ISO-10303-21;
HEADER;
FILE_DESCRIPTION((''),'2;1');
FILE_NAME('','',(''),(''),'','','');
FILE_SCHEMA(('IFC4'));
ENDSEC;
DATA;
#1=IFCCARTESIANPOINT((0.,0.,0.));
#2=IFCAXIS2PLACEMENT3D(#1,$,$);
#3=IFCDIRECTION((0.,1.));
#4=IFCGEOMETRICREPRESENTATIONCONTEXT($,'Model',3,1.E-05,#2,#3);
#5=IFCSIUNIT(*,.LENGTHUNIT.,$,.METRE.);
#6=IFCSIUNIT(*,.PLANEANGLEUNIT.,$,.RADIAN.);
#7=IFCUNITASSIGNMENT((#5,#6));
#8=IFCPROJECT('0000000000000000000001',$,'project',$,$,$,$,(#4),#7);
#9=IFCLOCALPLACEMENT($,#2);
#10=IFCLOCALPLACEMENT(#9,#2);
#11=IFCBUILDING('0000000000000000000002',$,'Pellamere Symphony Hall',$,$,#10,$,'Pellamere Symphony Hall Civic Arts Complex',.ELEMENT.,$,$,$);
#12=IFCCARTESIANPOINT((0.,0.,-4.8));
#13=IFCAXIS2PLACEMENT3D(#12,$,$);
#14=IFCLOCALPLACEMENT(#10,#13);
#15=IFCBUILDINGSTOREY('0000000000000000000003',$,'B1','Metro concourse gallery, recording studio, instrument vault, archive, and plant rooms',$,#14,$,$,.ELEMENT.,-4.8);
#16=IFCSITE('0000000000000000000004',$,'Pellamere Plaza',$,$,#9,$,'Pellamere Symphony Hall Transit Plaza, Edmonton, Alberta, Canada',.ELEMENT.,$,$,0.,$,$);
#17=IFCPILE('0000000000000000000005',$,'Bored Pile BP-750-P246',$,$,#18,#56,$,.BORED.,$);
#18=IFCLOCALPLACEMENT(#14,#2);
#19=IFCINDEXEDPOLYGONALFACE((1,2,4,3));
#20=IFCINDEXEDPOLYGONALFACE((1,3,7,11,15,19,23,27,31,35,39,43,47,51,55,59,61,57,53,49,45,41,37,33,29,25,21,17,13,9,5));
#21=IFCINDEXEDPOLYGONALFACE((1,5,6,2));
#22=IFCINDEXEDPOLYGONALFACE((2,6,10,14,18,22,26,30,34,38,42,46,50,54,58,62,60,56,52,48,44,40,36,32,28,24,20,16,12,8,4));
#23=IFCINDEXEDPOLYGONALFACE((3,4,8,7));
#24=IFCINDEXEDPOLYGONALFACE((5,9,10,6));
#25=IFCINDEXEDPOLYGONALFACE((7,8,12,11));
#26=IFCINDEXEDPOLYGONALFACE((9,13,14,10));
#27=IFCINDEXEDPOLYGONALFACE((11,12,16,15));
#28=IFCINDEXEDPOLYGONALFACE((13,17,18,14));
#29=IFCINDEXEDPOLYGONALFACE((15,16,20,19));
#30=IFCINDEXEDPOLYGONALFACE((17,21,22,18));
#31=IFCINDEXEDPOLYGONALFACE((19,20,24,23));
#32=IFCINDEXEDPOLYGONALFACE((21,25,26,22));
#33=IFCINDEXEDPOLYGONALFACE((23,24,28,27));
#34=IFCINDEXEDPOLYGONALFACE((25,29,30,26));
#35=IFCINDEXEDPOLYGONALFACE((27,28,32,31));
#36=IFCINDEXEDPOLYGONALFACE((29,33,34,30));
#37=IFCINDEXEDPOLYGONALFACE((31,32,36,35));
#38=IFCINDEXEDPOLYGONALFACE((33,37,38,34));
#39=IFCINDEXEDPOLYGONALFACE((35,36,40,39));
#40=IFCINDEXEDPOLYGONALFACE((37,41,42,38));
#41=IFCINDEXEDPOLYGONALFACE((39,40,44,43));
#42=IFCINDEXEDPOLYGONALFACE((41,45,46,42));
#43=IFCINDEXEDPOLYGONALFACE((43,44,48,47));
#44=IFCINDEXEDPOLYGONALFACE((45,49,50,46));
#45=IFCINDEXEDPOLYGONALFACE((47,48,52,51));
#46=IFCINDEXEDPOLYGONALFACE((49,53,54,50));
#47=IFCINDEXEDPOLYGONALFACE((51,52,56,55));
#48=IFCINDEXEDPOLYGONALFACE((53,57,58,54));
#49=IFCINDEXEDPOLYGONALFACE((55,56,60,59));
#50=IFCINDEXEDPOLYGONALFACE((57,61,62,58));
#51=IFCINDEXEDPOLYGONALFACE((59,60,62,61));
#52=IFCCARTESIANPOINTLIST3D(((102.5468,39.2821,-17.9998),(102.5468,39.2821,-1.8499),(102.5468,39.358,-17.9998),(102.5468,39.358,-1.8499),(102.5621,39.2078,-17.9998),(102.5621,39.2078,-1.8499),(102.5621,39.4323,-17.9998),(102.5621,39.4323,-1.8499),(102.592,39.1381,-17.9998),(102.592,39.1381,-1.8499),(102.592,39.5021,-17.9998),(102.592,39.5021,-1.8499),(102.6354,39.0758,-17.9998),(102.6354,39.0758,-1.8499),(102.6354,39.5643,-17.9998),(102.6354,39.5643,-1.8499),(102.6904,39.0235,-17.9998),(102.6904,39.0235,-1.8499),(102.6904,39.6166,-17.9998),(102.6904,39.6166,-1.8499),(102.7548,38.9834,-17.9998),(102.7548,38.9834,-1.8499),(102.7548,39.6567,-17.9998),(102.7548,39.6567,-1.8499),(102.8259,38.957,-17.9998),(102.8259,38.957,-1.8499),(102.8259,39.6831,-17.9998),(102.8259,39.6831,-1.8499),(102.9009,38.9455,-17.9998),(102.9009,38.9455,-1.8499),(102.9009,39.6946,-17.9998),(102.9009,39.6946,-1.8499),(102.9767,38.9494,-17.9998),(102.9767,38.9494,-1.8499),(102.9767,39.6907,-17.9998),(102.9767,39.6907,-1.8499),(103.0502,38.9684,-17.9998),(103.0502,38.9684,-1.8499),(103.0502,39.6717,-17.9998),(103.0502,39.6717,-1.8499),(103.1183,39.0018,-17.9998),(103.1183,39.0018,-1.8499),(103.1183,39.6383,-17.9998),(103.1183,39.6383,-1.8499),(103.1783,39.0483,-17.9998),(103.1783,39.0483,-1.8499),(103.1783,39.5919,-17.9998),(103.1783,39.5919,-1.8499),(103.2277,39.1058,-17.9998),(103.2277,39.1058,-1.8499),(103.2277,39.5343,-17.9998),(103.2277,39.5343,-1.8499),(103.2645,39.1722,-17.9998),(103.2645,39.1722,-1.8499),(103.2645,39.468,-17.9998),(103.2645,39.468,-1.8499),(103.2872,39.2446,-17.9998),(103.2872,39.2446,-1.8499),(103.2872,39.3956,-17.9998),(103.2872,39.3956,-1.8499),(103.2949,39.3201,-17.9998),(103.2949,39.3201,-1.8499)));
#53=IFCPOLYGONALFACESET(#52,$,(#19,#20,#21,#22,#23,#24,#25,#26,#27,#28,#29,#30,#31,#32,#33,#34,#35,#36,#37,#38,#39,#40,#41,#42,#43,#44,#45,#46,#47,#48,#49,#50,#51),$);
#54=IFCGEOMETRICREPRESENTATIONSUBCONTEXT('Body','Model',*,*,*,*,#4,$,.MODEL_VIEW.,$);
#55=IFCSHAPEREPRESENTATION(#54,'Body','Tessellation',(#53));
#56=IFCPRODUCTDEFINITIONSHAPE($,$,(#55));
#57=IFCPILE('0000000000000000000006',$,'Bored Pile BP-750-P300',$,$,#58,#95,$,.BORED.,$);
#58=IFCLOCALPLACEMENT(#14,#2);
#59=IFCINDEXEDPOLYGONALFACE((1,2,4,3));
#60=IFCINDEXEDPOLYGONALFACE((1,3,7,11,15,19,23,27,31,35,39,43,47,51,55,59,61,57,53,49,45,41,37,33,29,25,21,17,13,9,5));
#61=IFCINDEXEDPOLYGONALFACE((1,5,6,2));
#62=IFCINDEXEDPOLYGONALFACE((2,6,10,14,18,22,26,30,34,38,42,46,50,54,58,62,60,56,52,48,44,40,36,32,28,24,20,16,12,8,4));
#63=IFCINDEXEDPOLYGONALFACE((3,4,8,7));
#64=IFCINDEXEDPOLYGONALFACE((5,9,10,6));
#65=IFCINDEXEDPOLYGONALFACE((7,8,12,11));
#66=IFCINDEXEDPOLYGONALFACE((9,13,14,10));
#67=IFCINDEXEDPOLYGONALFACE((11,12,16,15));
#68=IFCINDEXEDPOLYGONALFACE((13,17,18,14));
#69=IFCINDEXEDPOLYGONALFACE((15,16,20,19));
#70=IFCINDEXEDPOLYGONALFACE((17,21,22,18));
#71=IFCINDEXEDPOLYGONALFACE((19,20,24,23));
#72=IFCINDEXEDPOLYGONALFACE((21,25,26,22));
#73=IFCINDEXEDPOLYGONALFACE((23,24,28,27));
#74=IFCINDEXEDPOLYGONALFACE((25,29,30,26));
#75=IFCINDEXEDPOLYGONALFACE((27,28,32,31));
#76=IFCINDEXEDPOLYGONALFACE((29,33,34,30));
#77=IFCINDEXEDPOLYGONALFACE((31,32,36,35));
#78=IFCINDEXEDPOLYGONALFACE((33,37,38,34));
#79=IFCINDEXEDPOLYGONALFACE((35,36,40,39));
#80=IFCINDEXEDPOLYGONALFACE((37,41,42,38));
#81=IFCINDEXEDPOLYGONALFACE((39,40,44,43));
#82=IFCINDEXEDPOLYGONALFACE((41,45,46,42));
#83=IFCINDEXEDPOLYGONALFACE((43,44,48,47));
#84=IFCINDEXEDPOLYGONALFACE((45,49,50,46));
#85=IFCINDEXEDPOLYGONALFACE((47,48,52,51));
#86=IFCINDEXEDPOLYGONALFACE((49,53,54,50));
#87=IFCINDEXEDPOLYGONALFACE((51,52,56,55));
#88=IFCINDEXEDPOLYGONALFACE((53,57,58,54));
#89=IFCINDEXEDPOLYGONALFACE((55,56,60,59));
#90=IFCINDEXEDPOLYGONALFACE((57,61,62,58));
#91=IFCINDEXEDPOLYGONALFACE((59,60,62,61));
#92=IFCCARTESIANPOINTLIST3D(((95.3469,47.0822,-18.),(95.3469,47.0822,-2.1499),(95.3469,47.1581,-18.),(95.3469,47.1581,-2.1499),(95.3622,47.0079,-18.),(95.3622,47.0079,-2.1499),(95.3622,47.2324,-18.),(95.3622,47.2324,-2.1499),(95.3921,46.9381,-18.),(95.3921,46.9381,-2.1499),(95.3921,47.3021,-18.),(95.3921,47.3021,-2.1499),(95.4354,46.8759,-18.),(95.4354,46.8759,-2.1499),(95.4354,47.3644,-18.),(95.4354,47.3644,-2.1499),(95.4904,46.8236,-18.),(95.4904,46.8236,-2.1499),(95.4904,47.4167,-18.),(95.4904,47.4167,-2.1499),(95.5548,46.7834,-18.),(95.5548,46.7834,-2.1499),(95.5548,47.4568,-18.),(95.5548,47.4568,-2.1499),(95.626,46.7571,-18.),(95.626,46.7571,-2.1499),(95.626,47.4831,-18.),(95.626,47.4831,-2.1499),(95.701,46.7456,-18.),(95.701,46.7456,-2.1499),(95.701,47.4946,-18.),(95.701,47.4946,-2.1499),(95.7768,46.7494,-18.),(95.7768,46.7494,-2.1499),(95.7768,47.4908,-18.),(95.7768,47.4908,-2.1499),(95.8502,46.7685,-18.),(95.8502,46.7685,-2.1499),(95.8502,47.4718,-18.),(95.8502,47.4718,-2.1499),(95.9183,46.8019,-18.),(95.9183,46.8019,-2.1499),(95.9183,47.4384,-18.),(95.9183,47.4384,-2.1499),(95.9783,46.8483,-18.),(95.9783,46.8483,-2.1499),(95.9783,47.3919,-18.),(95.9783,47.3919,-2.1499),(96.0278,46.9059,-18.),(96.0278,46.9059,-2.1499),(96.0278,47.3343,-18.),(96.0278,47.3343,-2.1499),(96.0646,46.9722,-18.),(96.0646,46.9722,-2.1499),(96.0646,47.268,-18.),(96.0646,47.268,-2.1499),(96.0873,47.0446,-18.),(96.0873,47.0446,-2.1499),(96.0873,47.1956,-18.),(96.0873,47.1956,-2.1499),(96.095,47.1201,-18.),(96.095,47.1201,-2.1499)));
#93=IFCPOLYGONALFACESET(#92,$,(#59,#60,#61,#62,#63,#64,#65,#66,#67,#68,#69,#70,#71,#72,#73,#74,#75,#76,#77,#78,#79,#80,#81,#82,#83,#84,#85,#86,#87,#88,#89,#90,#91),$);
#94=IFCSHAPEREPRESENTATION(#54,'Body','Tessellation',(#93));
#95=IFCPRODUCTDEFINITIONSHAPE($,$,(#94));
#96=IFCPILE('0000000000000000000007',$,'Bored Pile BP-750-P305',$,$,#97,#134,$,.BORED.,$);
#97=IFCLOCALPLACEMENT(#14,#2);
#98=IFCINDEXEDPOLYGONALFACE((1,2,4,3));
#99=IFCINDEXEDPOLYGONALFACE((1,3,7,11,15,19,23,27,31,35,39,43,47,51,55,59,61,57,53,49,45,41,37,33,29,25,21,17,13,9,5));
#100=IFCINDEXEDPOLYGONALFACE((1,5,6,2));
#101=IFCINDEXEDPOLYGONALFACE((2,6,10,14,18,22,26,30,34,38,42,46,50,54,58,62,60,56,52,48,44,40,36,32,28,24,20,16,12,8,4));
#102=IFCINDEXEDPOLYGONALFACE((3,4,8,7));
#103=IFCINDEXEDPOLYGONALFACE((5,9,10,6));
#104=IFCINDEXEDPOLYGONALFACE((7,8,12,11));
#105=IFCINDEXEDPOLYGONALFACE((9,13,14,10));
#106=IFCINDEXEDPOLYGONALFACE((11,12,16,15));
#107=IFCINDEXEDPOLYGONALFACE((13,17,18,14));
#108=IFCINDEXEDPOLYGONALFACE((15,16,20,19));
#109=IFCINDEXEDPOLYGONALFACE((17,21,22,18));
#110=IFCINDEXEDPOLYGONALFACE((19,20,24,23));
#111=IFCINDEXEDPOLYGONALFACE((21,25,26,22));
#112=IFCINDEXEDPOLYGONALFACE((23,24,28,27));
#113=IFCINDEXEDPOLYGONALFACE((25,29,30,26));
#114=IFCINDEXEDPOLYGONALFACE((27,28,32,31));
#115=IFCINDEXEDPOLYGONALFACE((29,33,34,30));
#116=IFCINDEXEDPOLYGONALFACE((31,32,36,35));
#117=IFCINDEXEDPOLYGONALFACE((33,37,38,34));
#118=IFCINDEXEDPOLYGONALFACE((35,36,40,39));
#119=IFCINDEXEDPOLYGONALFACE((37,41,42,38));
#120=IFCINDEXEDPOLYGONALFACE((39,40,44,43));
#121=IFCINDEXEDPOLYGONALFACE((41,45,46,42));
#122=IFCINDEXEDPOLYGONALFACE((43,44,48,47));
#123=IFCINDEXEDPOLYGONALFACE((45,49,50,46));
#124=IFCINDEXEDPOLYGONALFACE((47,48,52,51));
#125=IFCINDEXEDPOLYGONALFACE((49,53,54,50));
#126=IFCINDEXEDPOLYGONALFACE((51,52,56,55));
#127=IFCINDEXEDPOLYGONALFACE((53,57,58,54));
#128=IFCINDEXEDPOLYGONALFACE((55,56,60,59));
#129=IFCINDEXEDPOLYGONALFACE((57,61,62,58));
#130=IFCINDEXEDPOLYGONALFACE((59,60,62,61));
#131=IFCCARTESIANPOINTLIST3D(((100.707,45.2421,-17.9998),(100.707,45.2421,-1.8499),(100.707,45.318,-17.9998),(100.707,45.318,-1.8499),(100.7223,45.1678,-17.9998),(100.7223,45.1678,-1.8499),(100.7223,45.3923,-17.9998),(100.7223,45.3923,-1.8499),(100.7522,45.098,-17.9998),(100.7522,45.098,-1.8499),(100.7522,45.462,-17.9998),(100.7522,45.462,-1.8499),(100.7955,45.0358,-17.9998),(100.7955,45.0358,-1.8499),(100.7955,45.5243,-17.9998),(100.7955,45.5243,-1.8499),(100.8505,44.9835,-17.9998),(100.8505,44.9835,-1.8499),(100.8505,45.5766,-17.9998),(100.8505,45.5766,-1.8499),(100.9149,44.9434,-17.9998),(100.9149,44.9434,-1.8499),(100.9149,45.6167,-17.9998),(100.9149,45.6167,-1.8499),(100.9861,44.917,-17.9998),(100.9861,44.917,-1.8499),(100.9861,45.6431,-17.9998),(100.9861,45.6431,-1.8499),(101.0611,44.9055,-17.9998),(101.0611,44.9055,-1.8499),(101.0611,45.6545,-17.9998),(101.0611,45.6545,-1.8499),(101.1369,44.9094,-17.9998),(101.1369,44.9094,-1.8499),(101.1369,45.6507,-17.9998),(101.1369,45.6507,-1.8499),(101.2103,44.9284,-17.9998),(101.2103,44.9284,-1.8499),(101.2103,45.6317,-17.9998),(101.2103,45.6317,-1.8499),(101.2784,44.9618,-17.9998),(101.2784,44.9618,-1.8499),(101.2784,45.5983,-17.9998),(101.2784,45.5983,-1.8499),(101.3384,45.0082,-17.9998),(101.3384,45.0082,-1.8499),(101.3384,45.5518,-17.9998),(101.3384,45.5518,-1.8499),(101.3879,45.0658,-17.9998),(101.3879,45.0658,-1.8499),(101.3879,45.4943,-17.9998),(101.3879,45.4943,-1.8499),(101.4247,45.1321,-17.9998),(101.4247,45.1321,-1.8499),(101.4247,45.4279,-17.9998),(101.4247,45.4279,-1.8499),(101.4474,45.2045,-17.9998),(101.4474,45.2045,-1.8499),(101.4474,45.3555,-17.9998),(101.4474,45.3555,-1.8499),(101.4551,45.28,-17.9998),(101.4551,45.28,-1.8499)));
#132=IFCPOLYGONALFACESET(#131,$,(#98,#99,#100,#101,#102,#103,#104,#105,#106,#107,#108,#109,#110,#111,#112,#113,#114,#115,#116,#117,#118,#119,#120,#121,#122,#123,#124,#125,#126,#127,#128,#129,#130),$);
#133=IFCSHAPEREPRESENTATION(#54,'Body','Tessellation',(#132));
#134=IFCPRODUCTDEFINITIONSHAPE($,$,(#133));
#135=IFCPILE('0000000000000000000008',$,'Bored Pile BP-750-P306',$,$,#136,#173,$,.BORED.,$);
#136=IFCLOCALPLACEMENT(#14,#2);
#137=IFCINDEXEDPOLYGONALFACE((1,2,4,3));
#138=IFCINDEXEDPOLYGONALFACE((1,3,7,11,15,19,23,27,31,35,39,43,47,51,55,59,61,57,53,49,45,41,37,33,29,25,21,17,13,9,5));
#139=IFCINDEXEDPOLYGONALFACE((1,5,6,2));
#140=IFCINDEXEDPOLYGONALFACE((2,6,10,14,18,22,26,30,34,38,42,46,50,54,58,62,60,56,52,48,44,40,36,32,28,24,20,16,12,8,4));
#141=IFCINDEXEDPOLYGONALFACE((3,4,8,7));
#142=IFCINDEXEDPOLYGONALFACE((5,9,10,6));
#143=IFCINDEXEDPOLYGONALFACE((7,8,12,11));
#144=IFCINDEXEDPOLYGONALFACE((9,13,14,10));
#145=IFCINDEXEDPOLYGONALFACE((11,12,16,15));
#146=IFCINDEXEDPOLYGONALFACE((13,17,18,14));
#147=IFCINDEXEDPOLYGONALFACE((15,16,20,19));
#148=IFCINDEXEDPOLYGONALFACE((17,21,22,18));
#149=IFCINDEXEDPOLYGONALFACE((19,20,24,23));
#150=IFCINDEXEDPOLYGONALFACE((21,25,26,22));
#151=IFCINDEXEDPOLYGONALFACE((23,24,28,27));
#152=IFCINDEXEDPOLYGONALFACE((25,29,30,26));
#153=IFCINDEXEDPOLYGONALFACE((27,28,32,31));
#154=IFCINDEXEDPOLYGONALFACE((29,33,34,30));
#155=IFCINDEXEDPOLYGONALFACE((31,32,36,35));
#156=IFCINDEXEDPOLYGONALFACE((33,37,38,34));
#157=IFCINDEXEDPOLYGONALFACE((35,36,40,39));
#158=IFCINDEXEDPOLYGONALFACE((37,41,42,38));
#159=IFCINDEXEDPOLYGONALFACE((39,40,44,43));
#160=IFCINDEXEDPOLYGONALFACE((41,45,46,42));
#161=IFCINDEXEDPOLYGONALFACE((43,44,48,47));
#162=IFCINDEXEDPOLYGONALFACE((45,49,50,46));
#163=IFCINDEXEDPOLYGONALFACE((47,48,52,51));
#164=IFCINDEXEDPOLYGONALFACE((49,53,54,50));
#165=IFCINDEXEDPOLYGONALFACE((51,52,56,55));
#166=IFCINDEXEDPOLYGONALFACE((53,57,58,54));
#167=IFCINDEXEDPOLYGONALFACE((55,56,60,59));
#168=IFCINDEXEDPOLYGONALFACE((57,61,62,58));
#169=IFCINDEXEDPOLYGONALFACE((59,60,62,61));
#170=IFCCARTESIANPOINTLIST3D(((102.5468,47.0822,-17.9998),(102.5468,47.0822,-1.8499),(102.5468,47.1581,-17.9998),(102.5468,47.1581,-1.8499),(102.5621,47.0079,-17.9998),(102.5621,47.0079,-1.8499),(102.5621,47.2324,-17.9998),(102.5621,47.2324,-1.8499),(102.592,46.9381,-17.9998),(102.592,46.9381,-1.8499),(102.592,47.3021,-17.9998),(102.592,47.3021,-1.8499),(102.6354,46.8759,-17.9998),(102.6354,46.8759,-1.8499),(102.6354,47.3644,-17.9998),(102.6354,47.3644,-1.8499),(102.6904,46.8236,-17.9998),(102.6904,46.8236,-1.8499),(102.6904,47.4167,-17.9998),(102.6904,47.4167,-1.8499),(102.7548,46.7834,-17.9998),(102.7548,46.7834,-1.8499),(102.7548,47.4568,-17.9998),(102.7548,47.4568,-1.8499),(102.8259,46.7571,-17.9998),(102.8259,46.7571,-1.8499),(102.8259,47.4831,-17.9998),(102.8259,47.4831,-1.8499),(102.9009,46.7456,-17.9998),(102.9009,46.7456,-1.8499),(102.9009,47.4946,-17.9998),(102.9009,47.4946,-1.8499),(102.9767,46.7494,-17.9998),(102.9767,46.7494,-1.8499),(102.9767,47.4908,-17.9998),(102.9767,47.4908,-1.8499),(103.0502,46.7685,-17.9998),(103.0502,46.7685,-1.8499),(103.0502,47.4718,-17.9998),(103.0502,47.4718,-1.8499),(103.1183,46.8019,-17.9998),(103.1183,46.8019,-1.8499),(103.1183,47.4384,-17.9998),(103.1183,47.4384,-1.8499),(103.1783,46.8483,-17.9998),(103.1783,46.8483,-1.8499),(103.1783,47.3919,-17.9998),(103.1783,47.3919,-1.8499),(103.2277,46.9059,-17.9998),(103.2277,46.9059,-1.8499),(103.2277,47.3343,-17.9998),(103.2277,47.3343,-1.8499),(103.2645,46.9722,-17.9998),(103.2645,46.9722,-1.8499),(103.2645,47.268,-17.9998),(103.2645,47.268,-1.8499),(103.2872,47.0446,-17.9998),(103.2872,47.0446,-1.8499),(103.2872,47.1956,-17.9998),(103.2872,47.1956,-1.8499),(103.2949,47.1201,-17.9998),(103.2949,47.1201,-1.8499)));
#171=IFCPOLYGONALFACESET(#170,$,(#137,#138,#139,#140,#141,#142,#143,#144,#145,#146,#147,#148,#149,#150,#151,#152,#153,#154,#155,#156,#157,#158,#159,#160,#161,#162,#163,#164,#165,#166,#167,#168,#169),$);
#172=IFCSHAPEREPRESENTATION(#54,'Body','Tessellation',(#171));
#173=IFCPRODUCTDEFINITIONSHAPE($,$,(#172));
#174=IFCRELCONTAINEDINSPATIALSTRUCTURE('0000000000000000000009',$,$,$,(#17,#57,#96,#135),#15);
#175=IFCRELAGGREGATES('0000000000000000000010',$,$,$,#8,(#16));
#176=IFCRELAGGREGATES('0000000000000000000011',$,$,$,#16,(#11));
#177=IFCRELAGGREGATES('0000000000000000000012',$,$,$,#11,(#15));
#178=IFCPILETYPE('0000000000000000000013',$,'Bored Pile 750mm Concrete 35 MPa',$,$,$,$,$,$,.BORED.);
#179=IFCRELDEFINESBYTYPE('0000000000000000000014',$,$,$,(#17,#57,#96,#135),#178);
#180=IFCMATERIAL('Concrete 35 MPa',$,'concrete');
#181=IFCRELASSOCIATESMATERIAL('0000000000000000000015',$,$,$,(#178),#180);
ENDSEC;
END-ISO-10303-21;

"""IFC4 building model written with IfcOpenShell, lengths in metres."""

from ifc_helpers import new_model, si_unit, direction, frame, origin, origin_2d, place, context, subcontext, project, spatial, circle, extrude, material, material_profile, profile_set, type_object, element, save


model = new_model("IFC4")

# Units and contexts
model_context = context("Model", 3, precision=1e-05, world=origin(), true_north=direction((0.0, 1.0)))
body_context = subcontext(model_context, "Body", "Model", "MODEL_VIEW")
ifc_project = project(units=[si_unit("LENGTHUNIT", "METRE"), si_unit("PLANEANGLEUNIT", "RADIAN")], contexts=[model_context])

# Site, building, storey
site_placement = place(None, origin())
site = spatial("IfcSite", under=ifc_project, at=site_placement, Name="Pellamere Plaza", LongName="Pellamere Symphony Hall Transit Plaza, Edmonton, Alberta, Canada", CompositionType="ELEMENT", RefElevation=0.0)
building_placement = place(site_placement, origin())
building = spatial("IfcBuilding", under=site, at=building_placement, Name="Pellamere Symphony Hall", LongName="Pellamere Symphony Hall Civic Arts Complex", CompositionType="ELEMENT")
storey_placement = place(building_placement, frame((0.0, 0.0, -4.8)))
storey = spatial("IfcBuildingStorey", under=building, at=storey_placement, Name="B1", Description="Metro concourse gallery, recording studio, instrument vault, archive, and plant rooms", CompositionType="ELEMENT", Elevation=-4.8)

# Piles
ifc_material_1 = material(Name="Concrete 35 MPa", Category="concrete")
ifc_material_profile_1 = material_profile(ifc_material_1, circle(Radius=0.375, at=origin_2d()), Name="PILE D750")
ifc_profile_set_1 = profile_set([ifc_material_profile_1], Name="Concrete 35 MPa")
pile_type_1 = type_object("IfcPileType", Name="Bored Pile 750mm Concrete 35 MPa", PredefinedType="BORED", material=ifc_profile_set_1)
for number, where, z_axis, x_axis, name in (
    (1, (102.9199, 39.3201, -1.8499), (0.0, 0.0, -1.0), (1.0, 0.0, 0.0), "Bored Pile BP-750-P246"),
):
    element("IfcPile", number, at=place(storey_placement, frame(where, z_axis=z_axis, x_axis=x_axis)), inside=storey, type_object=pile_type_1, Name=name, PredefinedType="BORED", context=body_context, shape_type="SweptSolid", body=[
        extrude(circle(Radius=0.375, at=origin_2d()), origin(), (0.0, 0.0, 1.0), 16.1499),
    ])
pile_1_placement = place(storey_placement, frame((95.72, 47.1201, -2.1499), z_axis=(0.0, 0.0, -1.0), x_axis=(1.0, 0.0, 0.0)))
element("IfcPile", 2, at=pile_1_placement, inside=storey, type_object=pile_type_1, Name="Bored Pile BP-750-P300", PredefinedType="BORED", context=body_context, shape_type="SweptSolid", body=[
    extrude(circle(Radius=0.375, at=origin_2d()), origin(), (0.0, 0.0, 1.0), 15.8501),
])
for number, where, z_axis, x_axis, name in (
    (3, (101.0801, 45.28, -1.8499), (0.0, 0.0, -1.0), (1.0, 0.0, 0.0), "Bored Pile BP-750-P305"),
    (4, (102.9199, 47.1201, -1.8499), (0.0, 0.0, -1.0), (1.0, 0.0, 0.0), "Bored Pile BP-750-P306"),
):
    element("IfcPile", number, at=place(storey_placement, frame(where, z_axis=z_axis, x_axis=x_axis)), inside=storey, type_object=pile_type_1, Name=name, PredefinedType="BORED", context=body_context, shape_type="SweptSolid", body=[
        extrude(circle(Radius=0.375, at=origin_2d()), origin(), (0.0, 0.0, 1.0), 16.1499),
    ])

save(model, "model.ifc")
